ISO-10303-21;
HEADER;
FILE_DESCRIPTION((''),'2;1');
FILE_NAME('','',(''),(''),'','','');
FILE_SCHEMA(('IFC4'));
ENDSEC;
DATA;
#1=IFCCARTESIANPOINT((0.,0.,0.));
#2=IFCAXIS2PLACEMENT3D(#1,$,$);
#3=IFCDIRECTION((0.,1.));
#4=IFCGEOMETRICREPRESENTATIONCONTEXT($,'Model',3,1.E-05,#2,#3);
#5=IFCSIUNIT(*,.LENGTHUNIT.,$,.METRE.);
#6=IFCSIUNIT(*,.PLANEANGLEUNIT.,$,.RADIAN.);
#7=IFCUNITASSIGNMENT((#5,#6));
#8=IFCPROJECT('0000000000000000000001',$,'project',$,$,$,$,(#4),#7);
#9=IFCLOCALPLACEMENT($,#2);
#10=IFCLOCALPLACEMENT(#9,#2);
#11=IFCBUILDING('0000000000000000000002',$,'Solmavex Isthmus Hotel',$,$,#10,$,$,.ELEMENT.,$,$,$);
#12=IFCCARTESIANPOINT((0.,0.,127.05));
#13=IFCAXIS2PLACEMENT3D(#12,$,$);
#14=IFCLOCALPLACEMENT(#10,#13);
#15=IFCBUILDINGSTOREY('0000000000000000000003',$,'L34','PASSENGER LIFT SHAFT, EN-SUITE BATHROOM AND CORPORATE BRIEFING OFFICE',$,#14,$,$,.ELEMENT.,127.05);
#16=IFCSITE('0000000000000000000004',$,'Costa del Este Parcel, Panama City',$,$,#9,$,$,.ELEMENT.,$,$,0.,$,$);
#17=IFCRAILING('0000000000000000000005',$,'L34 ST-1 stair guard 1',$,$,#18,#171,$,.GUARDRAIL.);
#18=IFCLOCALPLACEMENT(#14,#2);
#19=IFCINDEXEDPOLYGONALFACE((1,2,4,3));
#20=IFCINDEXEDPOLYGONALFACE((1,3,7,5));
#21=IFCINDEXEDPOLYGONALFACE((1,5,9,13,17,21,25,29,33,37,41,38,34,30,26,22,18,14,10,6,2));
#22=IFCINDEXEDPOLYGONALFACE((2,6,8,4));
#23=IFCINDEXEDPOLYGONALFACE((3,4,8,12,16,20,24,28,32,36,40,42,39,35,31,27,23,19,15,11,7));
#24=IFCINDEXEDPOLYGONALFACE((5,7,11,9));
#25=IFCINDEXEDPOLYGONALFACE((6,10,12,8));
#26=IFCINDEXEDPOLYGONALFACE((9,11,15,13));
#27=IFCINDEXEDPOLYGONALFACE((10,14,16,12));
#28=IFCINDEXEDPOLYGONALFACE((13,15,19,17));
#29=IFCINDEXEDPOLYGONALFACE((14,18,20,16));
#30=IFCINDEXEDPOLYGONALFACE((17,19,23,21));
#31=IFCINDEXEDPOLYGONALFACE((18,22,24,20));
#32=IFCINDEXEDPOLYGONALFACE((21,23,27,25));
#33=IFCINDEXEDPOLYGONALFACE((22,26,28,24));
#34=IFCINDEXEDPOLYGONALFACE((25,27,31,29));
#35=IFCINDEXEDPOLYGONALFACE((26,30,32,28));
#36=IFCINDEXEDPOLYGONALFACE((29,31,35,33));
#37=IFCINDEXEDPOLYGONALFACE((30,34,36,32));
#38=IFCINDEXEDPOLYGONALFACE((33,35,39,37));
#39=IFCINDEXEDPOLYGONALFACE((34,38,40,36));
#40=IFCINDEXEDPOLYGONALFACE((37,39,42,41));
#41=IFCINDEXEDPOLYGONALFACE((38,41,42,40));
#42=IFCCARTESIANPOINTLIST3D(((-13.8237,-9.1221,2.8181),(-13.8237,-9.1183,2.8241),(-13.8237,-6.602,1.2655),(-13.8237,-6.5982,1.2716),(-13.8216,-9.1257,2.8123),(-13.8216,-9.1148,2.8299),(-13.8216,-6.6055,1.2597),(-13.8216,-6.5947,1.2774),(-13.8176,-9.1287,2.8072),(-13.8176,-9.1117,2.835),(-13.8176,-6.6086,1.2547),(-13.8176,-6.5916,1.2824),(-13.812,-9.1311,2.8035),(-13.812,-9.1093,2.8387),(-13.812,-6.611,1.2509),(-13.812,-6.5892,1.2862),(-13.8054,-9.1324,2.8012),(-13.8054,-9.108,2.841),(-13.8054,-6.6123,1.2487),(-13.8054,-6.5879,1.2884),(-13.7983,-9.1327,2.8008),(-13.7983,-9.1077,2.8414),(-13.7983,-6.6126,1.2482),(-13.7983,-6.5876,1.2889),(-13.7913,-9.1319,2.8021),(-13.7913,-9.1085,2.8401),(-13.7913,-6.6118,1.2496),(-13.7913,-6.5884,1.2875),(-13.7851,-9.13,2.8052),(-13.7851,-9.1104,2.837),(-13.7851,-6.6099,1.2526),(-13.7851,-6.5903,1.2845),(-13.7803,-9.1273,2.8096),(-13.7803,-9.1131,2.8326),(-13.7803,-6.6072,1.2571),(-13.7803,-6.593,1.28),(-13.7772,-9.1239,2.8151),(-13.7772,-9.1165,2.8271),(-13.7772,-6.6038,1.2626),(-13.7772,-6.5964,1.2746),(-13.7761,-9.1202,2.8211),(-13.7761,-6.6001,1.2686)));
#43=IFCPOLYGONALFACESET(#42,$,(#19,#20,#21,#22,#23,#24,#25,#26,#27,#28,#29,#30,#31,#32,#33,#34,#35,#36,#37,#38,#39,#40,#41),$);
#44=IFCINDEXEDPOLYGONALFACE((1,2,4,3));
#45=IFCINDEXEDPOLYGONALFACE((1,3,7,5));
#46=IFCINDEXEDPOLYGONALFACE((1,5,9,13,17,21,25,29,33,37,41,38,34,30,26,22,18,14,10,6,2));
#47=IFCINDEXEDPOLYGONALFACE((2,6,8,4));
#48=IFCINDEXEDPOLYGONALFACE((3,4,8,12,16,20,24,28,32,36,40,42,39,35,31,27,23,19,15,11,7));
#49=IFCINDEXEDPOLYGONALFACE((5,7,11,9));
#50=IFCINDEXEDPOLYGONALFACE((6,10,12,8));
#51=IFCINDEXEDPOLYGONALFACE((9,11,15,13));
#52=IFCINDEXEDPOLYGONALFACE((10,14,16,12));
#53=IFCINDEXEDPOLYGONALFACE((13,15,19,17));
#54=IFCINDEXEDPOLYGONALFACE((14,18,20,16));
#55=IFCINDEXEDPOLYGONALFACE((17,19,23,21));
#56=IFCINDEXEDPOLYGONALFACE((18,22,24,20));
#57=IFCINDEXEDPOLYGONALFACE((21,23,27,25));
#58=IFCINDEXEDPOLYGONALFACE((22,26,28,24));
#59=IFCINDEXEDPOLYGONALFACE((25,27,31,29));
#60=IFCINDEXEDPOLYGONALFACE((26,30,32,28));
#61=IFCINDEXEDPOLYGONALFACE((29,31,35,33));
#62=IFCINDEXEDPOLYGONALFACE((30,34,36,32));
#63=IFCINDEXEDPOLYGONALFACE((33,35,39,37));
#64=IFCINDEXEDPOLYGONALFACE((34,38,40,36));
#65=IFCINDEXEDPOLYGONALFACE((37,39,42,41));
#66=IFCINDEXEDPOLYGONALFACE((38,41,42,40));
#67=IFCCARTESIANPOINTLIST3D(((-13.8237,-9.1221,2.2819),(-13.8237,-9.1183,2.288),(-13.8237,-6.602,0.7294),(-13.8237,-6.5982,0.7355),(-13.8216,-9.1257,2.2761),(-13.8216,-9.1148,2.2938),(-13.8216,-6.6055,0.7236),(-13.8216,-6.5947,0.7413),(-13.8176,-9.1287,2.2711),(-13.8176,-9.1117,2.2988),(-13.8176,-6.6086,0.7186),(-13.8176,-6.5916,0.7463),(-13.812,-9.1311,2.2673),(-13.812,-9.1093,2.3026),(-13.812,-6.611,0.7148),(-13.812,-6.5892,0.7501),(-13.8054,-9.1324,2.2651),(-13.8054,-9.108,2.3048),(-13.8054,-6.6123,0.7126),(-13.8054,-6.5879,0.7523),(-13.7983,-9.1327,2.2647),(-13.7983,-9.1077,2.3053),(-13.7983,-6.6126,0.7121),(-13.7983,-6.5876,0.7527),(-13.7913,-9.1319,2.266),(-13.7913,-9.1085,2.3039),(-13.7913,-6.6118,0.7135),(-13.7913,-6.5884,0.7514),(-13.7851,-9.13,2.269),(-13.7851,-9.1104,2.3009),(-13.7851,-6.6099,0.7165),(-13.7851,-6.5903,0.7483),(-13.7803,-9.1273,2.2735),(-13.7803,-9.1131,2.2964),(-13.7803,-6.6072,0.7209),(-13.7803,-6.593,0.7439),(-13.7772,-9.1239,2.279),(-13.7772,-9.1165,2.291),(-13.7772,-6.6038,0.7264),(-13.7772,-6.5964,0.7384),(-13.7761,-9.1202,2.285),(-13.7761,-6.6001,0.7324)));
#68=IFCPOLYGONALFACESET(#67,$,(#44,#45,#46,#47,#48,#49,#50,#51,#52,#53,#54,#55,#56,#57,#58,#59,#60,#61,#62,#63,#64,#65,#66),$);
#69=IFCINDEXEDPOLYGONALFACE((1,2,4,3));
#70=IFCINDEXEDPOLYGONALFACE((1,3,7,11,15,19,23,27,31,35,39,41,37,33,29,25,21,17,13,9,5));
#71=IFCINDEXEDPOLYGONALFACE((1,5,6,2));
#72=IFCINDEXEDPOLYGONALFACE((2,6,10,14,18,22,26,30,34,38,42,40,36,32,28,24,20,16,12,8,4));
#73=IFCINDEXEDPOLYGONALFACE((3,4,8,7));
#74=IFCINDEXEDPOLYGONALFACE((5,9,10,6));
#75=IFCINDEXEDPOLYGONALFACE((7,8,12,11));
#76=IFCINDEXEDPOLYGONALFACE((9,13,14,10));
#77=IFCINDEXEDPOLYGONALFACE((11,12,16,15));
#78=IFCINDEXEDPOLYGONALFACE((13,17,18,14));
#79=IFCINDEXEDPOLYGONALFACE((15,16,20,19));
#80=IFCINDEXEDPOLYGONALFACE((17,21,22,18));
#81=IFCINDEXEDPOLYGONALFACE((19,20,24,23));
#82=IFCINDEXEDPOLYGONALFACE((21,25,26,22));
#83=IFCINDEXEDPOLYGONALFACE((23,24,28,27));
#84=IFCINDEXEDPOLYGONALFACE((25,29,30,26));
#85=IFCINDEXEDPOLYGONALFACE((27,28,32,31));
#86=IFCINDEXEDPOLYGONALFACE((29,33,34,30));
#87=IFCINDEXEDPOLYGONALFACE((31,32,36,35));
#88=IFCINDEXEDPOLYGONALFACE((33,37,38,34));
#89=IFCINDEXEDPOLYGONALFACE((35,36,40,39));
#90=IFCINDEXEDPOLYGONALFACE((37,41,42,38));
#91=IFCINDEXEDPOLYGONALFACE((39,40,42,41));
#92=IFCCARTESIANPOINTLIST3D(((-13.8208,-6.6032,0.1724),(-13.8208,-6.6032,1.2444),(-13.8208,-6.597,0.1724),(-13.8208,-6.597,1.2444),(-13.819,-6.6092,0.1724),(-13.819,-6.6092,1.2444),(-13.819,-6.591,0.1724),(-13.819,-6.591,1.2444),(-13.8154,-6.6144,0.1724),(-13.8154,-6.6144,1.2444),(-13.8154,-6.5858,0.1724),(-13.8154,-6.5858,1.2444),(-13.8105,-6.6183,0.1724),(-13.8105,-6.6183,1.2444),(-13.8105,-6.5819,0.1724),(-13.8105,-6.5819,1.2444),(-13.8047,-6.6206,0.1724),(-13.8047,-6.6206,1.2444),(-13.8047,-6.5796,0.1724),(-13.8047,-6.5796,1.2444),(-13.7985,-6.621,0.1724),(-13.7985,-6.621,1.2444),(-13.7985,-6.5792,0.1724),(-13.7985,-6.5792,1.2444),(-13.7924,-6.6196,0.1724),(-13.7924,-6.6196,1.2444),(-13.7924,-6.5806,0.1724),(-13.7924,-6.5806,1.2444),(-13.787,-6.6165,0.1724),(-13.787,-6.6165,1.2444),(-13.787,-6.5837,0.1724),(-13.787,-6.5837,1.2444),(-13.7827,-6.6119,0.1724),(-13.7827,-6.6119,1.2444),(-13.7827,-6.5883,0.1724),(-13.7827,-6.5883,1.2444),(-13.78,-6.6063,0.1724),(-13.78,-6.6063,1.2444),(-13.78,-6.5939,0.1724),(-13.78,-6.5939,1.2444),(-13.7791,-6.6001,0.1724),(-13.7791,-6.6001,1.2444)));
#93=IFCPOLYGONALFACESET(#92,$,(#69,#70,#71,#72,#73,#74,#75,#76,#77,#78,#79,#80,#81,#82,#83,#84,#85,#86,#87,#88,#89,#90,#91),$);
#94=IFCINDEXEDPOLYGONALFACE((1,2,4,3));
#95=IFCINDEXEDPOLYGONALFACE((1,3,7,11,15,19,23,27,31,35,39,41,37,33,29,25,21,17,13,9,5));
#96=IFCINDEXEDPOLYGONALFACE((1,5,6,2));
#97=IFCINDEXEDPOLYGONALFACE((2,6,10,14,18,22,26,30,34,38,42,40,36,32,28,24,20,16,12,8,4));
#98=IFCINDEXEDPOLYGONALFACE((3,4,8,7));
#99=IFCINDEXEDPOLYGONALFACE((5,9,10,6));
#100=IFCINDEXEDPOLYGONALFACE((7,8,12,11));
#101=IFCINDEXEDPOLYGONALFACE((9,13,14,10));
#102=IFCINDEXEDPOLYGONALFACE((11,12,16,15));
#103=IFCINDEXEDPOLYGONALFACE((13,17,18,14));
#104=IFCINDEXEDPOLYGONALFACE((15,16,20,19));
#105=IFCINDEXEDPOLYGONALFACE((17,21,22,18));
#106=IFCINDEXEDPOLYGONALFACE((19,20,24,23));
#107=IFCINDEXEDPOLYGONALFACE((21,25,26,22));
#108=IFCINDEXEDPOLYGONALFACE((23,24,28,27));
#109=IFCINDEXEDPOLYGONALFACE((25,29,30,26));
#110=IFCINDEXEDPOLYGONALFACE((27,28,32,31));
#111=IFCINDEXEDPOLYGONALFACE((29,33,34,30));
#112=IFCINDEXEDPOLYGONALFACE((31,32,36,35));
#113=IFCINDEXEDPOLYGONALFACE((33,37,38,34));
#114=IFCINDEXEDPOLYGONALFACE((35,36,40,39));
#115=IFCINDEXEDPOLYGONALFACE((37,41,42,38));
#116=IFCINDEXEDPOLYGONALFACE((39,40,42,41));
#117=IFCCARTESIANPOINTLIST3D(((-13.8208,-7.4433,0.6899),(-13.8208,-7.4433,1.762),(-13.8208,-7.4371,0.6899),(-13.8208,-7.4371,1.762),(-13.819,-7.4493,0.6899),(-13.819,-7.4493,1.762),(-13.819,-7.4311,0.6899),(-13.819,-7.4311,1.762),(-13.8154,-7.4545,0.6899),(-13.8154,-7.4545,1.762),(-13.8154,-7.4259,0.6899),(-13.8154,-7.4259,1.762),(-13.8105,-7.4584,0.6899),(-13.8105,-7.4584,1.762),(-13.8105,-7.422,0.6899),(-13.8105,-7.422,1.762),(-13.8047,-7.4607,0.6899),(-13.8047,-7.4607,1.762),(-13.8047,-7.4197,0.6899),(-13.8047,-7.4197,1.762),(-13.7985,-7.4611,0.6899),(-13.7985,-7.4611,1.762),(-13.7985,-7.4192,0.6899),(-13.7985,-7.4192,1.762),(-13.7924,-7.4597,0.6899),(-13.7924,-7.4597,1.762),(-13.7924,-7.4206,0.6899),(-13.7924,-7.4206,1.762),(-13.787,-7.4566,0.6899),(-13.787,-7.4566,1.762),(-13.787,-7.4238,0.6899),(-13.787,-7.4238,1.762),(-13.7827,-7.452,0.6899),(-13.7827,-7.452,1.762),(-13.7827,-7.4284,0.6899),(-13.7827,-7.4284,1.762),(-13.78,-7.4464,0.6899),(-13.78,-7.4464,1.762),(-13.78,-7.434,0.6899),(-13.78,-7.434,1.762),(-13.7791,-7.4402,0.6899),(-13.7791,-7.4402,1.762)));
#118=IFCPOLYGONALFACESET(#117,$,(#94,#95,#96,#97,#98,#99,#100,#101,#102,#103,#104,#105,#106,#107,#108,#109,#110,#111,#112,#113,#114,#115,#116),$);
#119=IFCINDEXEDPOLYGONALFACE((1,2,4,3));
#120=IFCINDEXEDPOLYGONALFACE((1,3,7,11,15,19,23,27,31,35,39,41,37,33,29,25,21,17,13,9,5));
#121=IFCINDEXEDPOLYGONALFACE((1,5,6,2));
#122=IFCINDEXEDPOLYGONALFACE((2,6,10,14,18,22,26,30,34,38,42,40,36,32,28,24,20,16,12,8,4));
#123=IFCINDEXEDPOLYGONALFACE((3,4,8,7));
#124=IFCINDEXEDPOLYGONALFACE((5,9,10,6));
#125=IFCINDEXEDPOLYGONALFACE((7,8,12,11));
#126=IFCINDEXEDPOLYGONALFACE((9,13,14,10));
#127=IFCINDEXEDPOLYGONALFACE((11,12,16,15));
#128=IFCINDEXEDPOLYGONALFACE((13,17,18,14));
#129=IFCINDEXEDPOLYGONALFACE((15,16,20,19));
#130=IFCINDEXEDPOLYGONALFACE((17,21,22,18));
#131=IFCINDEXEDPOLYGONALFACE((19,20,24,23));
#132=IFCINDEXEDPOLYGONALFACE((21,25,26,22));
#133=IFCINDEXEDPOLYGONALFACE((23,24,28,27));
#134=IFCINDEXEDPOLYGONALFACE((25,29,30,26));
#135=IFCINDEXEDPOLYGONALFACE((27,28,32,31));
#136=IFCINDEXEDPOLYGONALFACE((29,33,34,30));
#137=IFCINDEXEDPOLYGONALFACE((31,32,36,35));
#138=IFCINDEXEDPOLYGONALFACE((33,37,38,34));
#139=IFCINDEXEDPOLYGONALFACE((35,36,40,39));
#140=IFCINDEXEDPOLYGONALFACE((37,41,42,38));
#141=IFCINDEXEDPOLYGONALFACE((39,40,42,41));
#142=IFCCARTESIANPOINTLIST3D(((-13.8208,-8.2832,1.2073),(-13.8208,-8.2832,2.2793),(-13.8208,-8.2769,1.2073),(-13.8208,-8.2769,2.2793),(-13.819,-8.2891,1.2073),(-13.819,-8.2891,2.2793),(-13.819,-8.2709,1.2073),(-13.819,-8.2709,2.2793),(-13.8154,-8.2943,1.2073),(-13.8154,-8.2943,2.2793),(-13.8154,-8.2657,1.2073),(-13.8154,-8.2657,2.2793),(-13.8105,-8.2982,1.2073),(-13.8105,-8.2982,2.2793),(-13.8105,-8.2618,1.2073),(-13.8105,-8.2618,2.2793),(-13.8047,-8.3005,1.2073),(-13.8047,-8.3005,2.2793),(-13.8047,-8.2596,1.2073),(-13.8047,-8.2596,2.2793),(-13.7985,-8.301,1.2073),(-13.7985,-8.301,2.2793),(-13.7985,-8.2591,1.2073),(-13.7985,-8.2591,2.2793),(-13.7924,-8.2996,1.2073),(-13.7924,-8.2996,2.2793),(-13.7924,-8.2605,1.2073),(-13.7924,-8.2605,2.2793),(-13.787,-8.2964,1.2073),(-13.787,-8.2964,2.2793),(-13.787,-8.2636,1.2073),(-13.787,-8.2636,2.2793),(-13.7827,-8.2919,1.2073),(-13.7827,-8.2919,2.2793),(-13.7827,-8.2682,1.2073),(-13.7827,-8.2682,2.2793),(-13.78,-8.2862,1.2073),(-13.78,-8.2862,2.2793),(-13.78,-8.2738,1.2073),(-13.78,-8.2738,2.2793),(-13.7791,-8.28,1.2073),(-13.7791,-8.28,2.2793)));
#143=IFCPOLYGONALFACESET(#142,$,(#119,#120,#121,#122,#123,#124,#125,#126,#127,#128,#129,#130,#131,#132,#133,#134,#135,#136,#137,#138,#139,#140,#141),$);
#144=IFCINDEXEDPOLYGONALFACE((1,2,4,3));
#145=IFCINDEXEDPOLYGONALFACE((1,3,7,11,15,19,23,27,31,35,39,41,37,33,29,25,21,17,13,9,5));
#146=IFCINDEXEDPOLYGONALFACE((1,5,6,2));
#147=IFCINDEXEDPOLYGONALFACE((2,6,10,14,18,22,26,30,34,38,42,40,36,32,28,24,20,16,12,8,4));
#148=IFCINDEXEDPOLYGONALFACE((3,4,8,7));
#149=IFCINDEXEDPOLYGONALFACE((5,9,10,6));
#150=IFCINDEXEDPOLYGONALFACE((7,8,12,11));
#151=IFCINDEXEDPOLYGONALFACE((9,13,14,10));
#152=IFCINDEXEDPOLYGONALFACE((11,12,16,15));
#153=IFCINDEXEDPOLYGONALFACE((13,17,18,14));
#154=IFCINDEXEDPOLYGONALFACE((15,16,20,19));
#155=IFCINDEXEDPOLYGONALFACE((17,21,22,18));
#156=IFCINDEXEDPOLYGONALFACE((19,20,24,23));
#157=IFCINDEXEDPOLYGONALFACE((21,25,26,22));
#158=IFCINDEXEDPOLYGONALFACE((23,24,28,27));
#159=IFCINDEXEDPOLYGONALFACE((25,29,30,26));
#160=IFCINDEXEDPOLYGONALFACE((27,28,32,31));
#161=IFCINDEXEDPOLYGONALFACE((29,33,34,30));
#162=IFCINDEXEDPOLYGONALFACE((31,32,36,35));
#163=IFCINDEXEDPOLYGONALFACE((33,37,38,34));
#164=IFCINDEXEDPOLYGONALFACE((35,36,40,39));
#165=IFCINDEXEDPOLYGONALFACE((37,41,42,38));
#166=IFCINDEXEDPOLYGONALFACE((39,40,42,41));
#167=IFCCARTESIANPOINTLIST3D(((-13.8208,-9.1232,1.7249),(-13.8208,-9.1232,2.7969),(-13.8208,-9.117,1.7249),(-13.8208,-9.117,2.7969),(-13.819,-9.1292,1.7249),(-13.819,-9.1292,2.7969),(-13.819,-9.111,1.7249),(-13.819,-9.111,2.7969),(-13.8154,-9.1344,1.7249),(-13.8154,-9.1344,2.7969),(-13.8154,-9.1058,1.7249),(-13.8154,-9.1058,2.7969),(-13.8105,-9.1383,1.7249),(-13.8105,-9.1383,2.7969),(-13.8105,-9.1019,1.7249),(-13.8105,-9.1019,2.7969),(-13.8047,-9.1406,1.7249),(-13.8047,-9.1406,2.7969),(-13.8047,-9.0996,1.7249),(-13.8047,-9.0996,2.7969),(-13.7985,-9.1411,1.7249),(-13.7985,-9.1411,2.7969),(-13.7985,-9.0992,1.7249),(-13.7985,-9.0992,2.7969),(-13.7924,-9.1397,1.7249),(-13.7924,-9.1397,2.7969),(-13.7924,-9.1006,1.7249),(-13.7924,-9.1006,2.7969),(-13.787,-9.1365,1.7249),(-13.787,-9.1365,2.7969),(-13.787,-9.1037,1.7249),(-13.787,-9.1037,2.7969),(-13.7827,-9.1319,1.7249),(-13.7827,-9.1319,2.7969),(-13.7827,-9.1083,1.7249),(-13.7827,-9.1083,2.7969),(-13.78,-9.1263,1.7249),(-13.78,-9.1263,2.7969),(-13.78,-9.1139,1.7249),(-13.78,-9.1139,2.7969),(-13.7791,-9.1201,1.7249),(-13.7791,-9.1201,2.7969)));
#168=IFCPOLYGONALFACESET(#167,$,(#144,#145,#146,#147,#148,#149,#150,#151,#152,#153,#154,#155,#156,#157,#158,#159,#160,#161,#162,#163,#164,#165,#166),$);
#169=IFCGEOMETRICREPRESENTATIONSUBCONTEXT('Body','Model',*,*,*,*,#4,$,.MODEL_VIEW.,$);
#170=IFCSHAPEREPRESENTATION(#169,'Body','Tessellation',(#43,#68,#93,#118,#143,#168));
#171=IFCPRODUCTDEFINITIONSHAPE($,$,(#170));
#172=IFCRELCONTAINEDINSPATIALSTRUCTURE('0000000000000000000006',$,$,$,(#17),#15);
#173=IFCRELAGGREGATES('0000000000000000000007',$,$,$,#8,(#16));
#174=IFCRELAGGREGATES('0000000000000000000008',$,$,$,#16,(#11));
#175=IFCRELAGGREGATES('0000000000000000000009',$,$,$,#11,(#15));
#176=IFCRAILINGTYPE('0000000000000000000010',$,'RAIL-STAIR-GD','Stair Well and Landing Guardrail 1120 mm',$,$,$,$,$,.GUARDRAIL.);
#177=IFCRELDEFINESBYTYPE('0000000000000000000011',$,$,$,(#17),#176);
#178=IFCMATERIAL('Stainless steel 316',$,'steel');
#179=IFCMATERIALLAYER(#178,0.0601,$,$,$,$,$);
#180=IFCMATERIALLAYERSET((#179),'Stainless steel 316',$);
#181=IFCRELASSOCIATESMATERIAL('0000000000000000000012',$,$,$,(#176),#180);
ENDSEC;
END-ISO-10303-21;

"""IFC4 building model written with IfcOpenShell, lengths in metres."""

from ifc_helpers import new_model, si_unit, direction, frame, origin, origin_2d, place, context, subcontext, project, spatial, circle, extrude, material, layer, layer_set, type_object, element, save


model = new_model("IFC4")

# Units and contexts
model_context = context("Model", 3, precision=1e-05, world=origin(), true_north=direction((0.0, 1.0)))
body_context = subcontext(model_context, "Body", "Model", "MODEL_VIEW")
ifc_project = project(units=[si_unit("LENGTHUNIT", "METRE"), si_unit("PLANEANGLEUNIT", "RADIAN")], contexts=[model_context])

# Site, building, storey
site_placement = place(None, origin())
site = spatial("IfcSite", under=ifc_project, at=site_placement, Name="Costa del Este Parcel, Panama City", CompositionType="ELEMENT", RefElevation=0.0)
building_placement = place(site_placement, origin())
building = spatial("IfcBuilding", under=site, at=building_placement, Name="Solmavex Isthmus Hotel", CompositionType="ELEMENT")
storey_placement = place(building_placement, frame((0.0, 0.0, 127.05)))
storey = spatial("IfcBuildingStorey", under=building, at=storey_placement, Name="L34", Description="PASSENGER LIFT SHAFT, EN-SUITE BATHROOM AND CORPORATE BRIEFING OFFICE", CompositionType="ELEMENT", Elevation=127.05)

# Railing
ifc_material_1 = material(Name="Stainless steel 316", Category="steel")
ifc_layer_1 = layer(ifc_material_1, 0.0601)
ifc_layer_set_1 = layer_set([ifc_layer_1], Name="Stainless steel 316")
railing_type_1 = type_object("IfcRailingType", Name="RAIL-STAIR-GD", Description="Stair Well and Landing Guardrail 1120 mm", PredefinedType="GUARDRAIL", material=ifc_layer_set_1)
railing_1_placement = place(storey_placement, frame((-13.8, -6.6001, 0.1724)))
element("IfcRailing", 1, at=railing_1_placement, inside=storey, type_object=railing_type_1, Name="L34 ST-1 stair guard 1", PredefinedType="GUARDRAIL", context=body_context, shape_type="SweptSolid", body=[
    extrude(circle(Radius=0.0239, at=origin_2d()), frame((0.0, 0.0, 1.0962), z_axis=(0.0, -0.8514, 0.524516), x_axis=(1.0, 0.0, 0.0)), (0.0, 0.0, 1.0), 2.96),
    extrude(circle(Radius=0.0239, at=origin_2d()), frame((0.0, 0.0, 0.5601), z_axis=(0.0, -0.8514, 0.524516), x_axis=(1.0, 0.0, 0.0)), (0.0, 0.0, 1.0), 2.96),
    extrude(circle(Radius=0.021, at=origin_2d()), origin(), (0.0, 0.0, 1.0), 1.072),
    extrude(circle(Radius=0.021, at=origin_2d()), frame((0.0, -0.8401, 0.5176)), (0.0, 0.0, 1.0), 1.072),
    extrude(circle(Radius=0.021, at=origin_2d()), frame((0.0, -1.6799, 1.0349)), (0.0, 0.0, 1.0), 1.072),
    extrude(circle(Radius=0.021, at=origin_2d()), frame((0.0, -2.52, 1.5525)), (0.0, 0.0, 1.0), 1.072),
])

save(model, "model.ifc")
